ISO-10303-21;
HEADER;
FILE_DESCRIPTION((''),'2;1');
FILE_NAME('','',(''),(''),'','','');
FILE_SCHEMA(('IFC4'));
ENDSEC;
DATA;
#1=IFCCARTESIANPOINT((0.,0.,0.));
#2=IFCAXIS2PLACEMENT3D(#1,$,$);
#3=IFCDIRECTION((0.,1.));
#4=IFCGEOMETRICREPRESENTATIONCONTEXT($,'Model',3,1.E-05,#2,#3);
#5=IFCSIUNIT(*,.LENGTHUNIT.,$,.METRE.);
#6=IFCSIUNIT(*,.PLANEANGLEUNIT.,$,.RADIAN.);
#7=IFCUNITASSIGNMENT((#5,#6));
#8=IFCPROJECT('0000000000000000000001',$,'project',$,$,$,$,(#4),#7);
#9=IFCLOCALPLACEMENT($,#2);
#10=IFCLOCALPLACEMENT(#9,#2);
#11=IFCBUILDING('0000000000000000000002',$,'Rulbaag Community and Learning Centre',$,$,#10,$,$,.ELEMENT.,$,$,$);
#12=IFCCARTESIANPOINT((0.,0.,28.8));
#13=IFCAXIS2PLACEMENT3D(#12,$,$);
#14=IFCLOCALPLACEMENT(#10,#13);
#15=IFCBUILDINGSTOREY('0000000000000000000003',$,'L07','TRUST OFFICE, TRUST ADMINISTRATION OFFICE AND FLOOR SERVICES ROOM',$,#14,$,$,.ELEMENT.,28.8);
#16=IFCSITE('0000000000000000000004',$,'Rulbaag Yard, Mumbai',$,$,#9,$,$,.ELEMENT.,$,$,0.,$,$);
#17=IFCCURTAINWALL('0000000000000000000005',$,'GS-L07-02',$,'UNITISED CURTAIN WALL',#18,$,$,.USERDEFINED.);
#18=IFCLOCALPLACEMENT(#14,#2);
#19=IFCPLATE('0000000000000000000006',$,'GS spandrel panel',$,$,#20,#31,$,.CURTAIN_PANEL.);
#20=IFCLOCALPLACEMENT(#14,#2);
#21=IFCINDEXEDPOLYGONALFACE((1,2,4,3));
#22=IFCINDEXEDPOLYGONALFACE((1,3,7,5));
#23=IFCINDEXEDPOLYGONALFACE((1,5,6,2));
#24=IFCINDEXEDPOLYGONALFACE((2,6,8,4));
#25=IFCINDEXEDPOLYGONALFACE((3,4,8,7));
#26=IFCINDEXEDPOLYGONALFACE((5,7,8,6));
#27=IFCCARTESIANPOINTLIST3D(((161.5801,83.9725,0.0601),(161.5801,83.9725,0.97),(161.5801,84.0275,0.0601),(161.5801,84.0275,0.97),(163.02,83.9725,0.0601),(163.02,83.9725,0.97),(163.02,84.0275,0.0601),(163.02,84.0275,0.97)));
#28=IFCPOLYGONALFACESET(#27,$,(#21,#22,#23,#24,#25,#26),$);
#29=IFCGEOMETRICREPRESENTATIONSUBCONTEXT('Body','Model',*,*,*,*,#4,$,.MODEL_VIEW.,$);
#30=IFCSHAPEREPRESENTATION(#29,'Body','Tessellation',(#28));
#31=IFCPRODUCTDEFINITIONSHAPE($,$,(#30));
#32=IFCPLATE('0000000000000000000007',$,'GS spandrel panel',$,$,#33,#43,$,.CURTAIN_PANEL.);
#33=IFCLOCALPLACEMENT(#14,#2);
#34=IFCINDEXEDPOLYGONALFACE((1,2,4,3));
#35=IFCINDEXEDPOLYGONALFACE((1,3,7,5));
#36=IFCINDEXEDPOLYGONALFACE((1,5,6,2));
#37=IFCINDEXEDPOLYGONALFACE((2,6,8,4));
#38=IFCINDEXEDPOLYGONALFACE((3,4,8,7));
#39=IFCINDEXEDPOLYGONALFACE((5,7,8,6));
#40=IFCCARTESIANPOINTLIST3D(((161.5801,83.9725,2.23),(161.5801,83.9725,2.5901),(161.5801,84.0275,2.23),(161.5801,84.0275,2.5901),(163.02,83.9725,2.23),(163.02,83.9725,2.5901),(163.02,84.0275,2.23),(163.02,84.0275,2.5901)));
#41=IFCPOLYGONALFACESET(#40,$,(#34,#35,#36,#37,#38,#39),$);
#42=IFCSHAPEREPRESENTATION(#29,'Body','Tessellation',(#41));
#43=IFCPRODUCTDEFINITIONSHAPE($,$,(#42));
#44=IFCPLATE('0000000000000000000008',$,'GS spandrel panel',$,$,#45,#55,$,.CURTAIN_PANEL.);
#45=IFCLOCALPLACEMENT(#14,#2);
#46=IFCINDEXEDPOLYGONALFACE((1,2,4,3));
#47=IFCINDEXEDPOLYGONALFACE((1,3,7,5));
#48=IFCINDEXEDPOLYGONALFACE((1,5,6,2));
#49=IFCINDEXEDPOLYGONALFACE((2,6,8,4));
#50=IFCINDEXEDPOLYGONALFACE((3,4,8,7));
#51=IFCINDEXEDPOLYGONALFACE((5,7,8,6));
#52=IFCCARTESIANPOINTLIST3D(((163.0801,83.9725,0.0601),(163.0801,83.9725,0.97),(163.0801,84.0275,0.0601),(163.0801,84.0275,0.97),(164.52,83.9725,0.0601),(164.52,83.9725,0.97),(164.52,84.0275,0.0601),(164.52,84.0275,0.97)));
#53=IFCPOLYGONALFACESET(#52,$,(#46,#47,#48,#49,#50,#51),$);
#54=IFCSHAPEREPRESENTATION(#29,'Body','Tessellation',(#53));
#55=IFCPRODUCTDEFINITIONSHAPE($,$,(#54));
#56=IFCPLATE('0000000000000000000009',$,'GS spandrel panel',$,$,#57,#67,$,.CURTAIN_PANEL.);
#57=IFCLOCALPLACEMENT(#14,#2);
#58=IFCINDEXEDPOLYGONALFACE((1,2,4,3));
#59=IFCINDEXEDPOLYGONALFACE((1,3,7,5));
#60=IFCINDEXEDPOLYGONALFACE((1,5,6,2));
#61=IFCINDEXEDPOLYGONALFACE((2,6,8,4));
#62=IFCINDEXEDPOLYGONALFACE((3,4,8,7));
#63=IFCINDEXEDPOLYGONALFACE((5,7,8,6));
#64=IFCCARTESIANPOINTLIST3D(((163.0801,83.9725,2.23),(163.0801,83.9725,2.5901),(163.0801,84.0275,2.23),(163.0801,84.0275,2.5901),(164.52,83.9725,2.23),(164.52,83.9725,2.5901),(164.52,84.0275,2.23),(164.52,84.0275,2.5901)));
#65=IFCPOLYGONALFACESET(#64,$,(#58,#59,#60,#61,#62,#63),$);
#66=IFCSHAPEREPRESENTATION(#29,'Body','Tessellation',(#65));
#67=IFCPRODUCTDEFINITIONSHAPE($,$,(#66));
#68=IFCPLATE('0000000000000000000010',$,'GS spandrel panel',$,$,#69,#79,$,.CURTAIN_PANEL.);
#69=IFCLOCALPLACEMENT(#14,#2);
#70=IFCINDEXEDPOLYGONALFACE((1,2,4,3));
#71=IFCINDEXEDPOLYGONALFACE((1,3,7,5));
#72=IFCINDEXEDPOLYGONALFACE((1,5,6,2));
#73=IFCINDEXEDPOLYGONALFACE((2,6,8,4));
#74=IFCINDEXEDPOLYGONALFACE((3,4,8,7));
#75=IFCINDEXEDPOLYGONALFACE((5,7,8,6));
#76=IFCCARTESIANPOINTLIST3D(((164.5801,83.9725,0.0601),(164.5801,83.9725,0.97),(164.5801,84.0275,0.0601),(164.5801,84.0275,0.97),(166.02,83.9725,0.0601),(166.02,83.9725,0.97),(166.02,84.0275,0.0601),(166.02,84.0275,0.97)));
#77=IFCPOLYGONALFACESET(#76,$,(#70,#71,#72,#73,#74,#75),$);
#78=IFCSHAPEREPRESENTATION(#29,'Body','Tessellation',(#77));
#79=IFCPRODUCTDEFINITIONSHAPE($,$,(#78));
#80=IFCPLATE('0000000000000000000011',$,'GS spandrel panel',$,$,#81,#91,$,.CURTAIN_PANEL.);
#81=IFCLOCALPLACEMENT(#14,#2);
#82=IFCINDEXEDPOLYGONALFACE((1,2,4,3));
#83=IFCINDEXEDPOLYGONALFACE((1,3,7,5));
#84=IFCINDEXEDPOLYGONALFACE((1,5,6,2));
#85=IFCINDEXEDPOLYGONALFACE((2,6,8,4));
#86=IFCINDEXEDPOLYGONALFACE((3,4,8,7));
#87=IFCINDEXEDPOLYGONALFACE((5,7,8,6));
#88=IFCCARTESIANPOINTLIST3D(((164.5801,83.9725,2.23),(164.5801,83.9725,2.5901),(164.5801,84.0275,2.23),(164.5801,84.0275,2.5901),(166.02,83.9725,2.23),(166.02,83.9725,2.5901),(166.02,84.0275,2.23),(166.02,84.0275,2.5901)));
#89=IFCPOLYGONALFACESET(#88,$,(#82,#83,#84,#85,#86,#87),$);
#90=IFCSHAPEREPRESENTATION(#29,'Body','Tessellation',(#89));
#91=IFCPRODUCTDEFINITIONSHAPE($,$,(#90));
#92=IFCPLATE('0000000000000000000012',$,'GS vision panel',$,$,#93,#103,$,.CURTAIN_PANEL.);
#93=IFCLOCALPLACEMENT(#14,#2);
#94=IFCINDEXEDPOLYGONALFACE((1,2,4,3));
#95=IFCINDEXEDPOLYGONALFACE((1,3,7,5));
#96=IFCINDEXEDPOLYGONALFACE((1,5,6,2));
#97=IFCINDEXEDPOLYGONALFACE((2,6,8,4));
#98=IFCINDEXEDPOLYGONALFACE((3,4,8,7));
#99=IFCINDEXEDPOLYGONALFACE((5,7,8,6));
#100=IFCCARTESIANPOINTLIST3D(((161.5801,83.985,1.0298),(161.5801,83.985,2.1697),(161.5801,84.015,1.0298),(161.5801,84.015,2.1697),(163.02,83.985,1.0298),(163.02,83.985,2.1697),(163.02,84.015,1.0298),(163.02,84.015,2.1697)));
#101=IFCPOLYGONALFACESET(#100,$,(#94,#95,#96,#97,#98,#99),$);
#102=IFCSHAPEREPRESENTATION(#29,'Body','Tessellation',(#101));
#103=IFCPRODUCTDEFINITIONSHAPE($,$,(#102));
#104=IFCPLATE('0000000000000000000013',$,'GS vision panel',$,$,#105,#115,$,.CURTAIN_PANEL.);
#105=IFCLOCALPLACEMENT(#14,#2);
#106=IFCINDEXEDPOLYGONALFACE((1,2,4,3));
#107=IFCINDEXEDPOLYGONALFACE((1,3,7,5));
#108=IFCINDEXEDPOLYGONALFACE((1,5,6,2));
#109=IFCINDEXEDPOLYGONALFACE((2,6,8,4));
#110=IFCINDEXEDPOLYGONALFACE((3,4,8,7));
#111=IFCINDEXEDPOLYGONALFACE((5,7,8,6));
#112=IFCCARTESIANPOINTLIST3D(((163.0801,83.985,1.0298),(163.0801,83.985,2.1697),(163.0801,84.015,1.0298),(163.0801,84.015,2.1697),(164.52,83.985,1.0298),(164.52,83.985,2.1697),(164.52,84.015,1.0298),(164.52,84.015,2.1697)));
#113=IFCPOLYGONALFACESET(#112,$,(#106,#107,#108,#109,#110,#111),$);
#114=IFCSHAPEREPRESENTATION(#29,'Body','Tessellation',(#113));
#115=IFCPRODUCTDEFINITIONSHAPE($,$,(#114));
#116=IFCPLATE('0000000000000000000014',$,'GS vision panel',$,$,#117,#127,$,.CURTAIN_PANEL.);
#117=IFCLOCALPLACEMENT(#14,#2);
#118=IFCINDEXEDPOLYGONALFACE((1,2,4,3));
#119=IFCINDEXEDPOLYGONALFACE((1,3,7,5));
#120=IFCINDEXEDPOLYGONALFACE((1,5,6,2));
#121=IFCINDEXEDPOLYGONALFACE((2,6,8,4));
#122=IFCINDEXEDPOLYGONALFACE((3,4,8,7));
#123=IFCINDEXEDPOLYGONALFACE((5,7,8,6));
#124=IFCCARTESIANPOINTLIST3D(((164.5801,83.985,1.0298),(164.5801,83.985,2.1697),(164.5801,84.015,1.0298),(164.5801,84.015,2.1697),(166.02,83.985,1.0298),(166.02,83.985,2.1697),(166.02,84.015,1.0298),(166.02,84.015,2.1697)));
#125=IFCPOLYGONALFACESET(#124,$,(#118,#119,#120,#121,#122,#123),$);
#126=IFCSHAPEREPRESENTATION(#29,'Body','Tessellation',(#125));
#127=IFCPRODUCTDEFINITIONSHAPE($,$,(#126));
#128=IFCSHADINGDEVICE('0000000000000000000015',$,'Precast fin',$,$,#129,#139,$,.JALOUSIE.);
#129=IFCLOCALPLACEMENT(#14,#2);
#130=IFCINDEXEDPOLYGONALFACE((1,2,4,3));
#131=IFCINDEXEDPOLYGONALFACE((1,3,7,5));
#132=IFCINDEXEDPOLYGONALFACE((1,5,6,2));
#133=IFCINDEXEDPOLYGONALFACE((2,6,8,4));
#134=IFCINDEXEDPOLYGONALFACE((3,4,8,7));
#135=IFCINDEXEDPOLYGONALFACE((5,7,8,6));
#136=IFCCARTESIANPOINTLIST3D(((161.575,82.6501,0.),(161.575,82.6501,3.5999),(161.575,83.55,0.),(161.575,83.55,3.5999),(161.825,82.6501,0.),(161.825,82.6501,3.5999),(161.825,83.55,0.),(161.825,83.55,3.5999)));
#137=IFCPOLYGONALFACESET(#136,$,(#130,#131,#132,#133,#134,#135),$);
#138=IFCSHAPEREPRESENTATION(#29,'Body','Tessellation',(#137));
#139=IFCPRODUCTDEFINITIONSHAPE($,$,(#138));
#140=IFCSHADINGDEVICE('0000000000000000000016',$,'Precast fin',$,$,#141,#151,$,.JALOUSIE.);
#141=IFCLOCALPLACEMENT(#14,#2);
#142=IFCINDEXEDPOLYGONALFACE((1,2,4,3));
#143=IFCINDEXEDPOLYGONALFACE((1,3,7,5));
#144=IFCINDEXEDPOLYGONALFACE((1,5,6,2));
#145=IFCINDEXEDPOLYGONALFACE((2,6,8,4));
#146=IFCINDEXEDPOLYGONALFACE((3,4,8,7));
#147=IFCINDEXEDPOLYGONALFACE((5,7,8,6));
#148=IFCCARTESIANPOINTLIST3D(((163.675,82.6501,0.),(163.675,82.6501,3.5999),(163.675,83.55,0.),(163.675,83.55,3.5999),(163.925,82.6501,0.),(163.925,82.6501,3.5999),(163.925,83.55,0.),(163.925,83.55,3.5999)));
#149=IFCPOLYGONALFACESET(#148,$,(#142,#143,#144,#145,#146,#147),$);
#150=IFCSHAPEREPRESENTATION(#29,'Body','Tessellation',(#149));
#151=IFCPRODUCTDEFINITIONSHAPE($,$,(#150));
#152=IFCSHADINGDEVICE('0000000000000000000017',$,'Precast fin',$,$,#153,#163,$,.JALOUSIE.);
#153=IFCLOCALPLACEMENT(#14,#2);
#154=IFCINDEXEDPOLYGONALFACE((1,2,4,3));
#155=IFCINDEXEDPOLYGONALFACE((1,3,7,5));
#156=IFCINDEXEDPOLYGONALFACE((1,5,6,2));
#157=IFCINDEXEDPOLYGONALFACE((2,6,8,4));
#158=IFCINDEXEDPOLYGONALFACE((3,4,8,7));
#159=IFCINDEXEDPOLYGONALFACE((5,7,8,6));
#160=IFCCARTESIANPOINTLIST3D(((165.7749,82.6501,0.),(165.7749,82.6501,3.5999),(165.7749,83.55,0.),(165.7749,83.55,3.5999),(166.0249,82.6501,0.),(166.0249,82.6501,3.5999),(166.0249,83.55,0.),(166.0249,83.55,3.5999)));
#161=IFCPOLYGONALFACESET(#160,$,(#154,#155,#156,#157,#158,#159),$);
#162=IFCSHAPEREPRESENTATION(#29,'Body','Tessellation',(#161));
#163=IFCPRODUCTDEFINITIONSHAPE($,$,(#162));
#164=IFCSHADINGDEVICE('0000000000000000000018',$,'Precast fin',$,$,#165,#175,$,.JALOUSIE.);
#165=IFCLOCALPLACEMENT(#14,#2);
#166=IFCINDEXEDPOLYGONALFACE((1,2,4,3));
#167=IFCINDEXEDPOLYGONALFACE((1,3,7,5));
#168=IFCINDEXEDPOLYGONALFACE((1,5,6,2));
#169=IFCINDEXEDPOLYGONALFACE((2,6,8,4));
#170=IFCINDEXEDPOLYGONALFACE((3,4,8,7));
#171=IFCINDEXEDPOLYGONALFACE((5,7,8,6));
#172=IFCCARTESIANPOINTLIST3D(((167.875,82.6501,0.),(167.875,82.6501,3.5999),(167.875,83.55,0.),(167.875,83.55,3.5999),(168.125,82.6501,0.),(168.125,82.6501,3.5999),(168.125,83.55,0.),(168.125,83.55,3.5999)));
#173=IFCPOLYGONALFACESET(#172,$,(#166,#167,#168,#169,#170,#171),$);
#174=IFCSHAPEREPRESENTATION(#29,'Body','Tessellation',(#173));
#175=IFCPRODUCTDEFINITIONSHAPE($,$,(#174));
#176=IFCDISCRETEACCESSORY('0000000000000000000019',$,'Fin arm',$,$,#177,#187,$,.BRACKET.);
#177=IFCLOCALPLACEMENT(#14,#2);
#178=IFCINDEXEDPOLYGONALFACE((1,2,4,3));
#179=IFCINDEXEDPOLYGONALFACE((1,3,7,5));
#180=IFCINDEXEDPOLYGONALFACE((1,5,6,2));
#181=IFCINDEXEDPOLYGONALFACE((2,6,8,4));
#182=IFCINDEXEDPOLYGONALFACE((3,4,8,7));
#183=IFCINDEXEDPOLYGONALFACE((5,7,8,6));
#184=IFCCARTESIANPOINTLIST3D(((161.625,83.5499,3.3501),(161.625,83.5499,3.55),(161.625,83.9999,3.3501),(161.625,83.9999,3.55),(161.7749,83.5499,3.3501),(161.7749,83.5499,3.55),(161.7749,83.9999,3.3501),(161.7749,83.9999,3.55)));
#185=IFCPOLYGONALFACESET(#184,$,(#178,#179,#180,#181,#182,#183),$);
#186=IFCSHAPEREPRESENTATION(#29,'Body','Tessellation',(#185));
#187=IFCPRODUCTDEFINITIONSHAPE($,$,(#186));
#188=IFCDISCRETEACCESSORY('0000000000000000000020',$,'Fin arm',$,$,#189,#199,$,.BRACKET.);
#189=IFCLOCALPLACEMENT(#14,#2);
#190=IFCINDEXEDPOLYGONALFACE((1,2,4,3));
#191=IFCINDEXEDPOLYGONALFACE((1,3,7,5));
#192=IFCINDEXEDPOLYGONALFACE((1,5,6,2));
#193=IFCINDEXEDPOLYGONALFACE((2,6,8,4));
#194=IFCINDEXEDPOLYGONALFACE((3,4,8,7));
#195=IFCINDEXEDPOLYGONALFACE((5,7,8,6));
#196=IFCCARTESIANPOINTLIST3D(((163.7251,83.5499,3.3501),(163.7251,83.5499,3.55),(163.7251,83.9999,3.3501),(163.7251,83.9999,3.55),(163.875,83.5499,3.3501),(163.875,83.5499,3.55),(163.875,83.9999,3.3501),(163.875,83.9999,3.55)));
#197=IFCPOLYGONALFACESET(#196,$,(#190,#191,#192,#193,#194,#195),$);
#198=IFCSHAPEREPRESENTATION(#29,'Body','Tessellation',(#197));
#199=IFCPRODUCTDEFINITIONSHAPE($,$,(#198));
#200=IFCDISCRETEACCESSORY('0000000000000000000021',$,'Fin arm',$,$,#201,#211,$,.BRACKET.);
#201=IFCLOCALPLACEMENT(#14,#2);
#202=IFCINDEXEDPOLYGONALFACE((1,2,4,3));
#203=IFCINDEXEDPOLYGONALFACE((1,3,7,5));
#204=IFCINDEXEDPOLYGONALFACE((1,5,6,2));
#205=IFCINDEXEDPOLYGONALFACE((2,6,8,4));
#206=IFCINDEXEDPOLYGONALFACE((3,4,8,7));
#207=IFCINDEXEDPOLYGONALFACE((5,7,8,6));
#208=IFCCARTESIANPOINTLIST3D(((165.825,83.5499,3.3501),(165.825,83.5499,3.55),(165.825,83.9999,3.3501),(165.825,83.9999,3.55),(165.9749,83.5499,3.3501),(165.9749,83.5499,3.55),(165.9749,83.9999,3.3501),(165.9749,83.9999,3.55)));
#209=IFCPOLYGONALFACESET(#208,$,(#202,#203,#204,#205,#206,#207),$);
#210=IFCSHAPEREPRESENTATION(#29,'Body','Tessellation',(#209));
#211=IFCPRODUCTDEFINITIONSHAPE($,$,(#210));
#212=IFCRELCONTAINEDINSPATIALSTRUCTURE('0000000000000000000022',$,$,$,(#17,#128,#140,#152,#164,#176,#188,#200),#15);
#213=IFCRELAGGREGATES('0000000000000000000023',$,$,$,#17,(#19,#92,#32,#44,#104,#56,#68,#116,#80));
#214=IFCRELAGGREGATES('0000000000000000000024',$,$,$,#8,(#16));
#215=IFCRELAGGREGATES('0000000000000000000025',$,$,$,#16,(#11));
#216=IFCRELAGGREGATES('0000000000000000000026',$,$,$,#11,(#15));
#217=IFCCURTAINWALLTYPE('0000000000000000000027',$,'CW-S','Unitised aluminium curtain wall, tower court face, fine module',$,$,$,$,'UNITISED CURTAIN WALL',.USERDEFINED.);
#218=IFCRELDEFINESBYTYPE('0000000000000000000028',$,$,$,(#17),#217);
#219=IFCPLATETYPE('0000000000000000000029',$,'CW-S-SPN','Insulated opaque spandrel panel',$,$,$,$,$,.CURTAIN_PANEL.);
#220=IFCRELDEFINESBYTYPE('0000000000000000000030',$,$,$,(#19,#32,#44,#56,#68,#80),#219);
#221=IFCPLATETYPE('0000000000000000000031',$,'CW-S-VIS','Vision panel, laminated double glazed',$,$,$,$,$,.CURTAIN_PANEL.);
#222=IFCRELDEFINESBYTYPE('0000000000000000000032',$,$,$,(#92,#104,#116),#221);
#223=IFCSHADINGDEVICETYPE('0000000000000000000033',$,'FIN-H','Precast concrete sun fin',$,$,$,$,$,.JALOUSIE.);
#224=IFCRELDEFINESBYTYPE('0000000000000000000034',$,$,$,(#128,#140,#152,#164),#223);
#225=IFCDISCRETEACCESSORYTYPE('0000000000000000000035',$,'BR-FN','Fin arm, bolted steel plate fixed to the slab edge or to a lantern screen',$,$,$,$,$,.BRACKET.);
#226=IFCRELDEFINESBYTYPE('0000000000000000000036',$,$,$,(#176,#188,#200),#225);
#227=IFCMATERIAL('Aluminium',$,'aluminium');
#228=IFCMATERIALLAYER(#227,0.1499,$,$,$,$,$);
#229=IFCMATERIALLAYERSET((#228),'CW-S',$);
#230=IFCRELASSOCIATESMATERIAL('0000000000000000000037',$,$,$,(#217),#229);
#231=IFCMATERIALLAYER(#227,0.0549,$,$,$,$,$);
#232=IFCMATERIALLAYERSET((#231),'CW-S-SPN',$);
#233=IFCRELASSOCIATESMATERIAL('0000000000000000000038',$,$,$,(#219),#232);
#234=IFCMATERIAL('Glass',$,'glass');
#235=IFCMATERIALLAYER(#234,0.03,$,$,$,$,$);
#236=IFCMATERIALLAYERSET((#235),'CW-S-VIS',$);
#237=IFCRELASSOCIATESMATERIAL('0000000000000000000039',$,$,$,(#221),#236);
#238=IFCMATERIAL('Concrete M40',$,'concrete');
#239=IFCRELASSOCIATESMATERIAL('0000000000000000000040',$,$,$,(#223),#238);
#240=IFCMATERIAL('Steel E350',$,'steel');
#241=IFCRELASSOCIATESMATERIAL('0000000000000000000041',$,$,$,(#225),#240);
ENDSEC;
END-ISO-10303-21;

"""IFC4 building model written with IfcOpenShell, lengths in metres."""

from ifc_helpers import new_model, si_unit, direction, frame, origin, origin_2d, place, context, subcontext, project, spatial, rectangle, extrude, material, layer, layer_set, material_profile, profile_set, type_object, element, aggregate, save


model = new_model("IFC4")

# Units and contexts
model_context = context("Model", 3, precision=1e-05, world=origin(), true_north=direction((0.0, 1.0)))
body_context = subcontext(model_context, "Body", "Model", "MODEL_VIEW")
ifc_project = project(units=[si_unit("LENGTHUNIT", "METRE"), si_unit("PLANEANGLEUNIT", "RADIAN")], contexts=[model_context])

# Site, building, storey
site_placement = place(None, origin())
site = spatial("IfcSite", under=ifc_project, at=site_placement, Name="Rulbaag Yard, Mumbai", CompositionType="ELEMENT", RefElevation=0.0)
building_placement = place(site_placement, origin())
building = spatial("IfcBuilding", under=site, at=building_placement, Name="Rulbaag Community and Learning Centre", CompositionType="ELEMENT")
storey_placement = place(building_placement, frame((0.0, 0.0, 28.8)))
storey = spatial("IfcBuildingStorey", under=building, at=storey_placement, Name="L07", Description="TRUST OFFICE, TRUST ADMINISTRATION OFFICE AND FLOOR SERVICES ROOM", CompositionType="ELEMENT", Elevation=28.8)

# Curtain wall, plates
ifc_material_1 = material(Name="Aluminium", Category="aluminium")
ifc_layer_1 = layer(ifc_material_1, 0.1499)
ifc_layer_set_1 = layer_set([ifc_layer_1], Name="CW-S")
curtain_wall_type = type_object("IfcCurtainWallType", Name="CW-S", Description="Unitised aluminium curtain wall, tower court face, fine module", ElementType="UNITISED CURTAIN WALL", PredefinedType="USERDEFINED", material=ifc_layer_set_1)
curtain_wall_placement = place(storey_placement, origin())
curtain_wall = element("IfcCurtainWall", 1, at=curtain_wall_placement, inside=storey, type_object=curtain_wall_type, Name="GS-L07-02", ObjectType="UNITISED CURTAIN WALL", PredefinedType="USERDEFINED")
ifc_layer_2 = layer(ifc_material_1, 0.0549)
ifc_layer_set_2 = layer_set([ifc_layer_2], Name="CW-S-SPN")
plate_type_1 = type_object("IfcPlateType", Name="CW-S-SPN", Description="Insulated opaque spandrel panel", PredefinedType="CURTAIN_PANEL", material=ifc_layer_set_2)
plate_1_placement = place(storey_placement, frame((162.3, 84.0, 0.0601), z_axis=(0.0, 0.0, 1.0), x_axis=(1.0, 0.0, 0.0)))
plate_1 = element("IfcPlate", 2, at=plate_1_placement, type_object=plate_type_1, Name="GS spandrel panel", PredefinedType="CURTAIN_PANEL", context=body_context, shape_type="SweptSolid", body=[
    extrude(rectangle(XDim=1.4399, YDim=0.0549, at=origin_2d()), origin(), (0.0, 0.0, 1.0), 0.9099),
])
plate_2_placement = place(storey_placement, frame((162.3, 84.0, 2.23), z_axis=(0.0, 0.0, 1.0), x_axis=(1.0, 0.0, 0.0)))
plate_2 = element("IfcPlate", 3, at=plate_2_placement, type_object=plate_type_1, Name="GS spandrel panel", PredefinedType="CURTAIN_PANEL", context=body_context, shape_type="SweptSolid", body=[
    extrude(rectangle(XDim=1.4399, YDim=0.0549, at=origin_2d()), origin(), (0.0, 0.0, 1.0), 0.3601),
])
plate_3_placement = place(storey_placement, frame((163.8, 84.0, 0.0601), z_axis=(0.0, 0.0, 1.0), x_axis=(1.0, 0.0, 0.0)))
plate_3 = element("IfcPlate", 4, at=plate_3_placement, type_object=plate_type_1, Name="GS spandrel panel", PredefinedType="CURTAIN_PANEL", context=body_context, shape_type="SweptSolid", body=[
    extrude(rectangle(XDim=1.4399, YDim=0.0549, at=origin_2d()), origin(), (0.0, 0.0, 1.0), 0.9099),
])
plate_4_placement = place(storey_placement, frame((163.8, 84.0, 2.23), z_axis=(0.0, 0.0, 1.0), x_axis=(1.0, 0.0, 0.0)))
plate_4 = element("IfcPlate", 5, at=plate_4_placement, type_object=plate_type_1, Name="GS spandrel panel", PredefinedType="CURTAIN_PANEL", context=body_context, shape_type="SweptSolid", body=[
    extrude(rectangle(XDim=1.4399, YDim=0.0549, at=origin_2d()), origin(), (0.0, 0.0, 1.0), 0.3601),
])
plate_5_placement = place(storey_placement, frame((165.3, 84.0, 0.0601), z_axis=(0.0, 0.0, 1.0), x_axis=(1.0, 0.0, 0.0)))
plate_5 = element("IfcPlate", 6, at=plate_5_placement, type_object=plate_type_1, Name="GS spandrel panel", PredefinedType="CURTAIN_PANEL", context=body_context, shape_type="SweptSolid", body=[
    extrude(rectangle(XDim=1.4399, YDim=0.0549, at=origin_2d()), origin(), (0.0, 0.0, 1.0), 0.9099),
])
plate_6_placement = place(storey_placement, frame((165.3, 84.0, 2.23), z_axis=(0.0, 0.0, 1.0), x_axis=(1.0, 0.0, 0.0)))
plate_6 = element("IfcPlate", 7, at=plate_6_placement, type_object=plate_type_1, Name="GS spandrel panel", PredefinedType="CURTAIN_PANEL", context=body_context, shape_type="SweptSolid", body=[
    extrude(rectangle(XDim=1.4399, YDim=0.0549, at=origin_2d()), origin(), (0.0, 0.0, 1.0), 0.3601),
])
ifc_material_2 = material(Name="Glass", Category="glass")
ifc_layer_3 = layer(ifc_material_2, 0.03)
ifc_layer_set_3 = layer_set([ifc_layer_3], Name="CW-S-VIS")
plate_type_2 = type_object("IfcPlateType", Name="CW-S-VIS", Description="Vision panel, laminated double glazed", PredefinedType="CURTAIN_PANEL", material=ifc_layer_set_3)
plate_7_placement = place(storey_placement, frame((162.3, 84.0, 1.0298), z_axis=(0.0, 0.0, 1.0), x_axis=(1.0, 0.0, 0.0)))
plate_7 = element("IfcPlate", 8, at=plate_7_placement, type_object=plate_type_2, Name="GS vision panel", PredefinedType="CURTAIN_PANEL", context=body_context, shape_type="SweptSolid", body=[
    extrude(rectangle(XDim=1.4399, YDim=0.03, at=origin_2d()), origin(), (0.0, 0.0, 1.0), 1.1399),
])
plate_8_placement = place(storey_placement, frame((163.8, 84.0, 1.0298), z_axis=(0.0, 0.0, 1.0), x_axis=(1.0, 0.0, 0.0)))
plate_8 = element("IfcPlate", 9, at=plate_8_placement, type_object=plate_type_2, Name="GS vision panel", PredefinedType="CURTAIN_PANEL", context=body_context, shape_type="SweptSolid", body=[
    extrude(rectangle(XDim=1.4399, YDim=0.03, at=origin_2d()), origin(), (0.0, 0.0, 1.0), 1.1399),
])
plate_9_placement = place(storey_placement, frame((165.3, 84.0, 1.0298), z_axis=(0.0, 0.0, 1.0), x_axis=(1.0, 0.0, 0.0)))
plate_9 = element("IfcPlate", 10, at=plate_9_placement, type_object=plate_type_2, Name="GS vision panel", PredefinedType="CURTAIN_PANEL", context=body_context, shape_type="SweptSolid", body=[
    extrude(rectangle(XDim=1.4399, YDim=0.03, at=origin_2d()), origin(), (0.0, 0.0, 1.0), 1.1399),
])
aggregate(curtain_wall, [plate_1, plate_7, plate_2, plate_3, plate_8, plate_4, plate_5, plate_9, plate_6])

# Shading devices
ifc_material_3 = material(Name="Concrete M40", Category="concrete")
ifc_material_profile_1 = material_profile(ifc_material_3, rectangle(XDim=0.25, YDim=0.8999, at=origin_2d()), Name="PC 250x900")
ifc_profile_set_1 = profile_set([ifc_material_profile_1], Name="Concrete M40")
shading_device_type = type_object("IfcShadingDeviceType", Name="FIN-H", Description="Precast concrete sun fin", PredefinedType="JALOUSIE", material=ifc_profile_set_1)
for number, where, z_axis, x_axis, name in (
    (11, (161.7, 83.1001, 0.0), (0.0, 0.0, 1.0), (1.0, 0.0, 0.0), "Precast fin"),
    (12, (163.8, 83.1001, 0.0), (0.0, 0.0, 1.0), (1.0, 0.0, 0.0), "Precast fin"),
    (13, (165.8999, 83.1001, 0.0), (0.0, 0.0, 1.0), (1.0, 0.0, 0.0), "Precast fin"),
    (14, (168.0, 83.1001, 0.0), (0.0, 0.0, 1.0), (1.0, 0.0, 0.0), "Precast fin"),
):
    element("IfcShadingDevice", number, at=place(storey_placement, frame(where, z_axis=z_axis, x_axis=x_axis)), inside=storey, type_object=shading_device_type, Name=name, PredefinedType="JALOUSIE", context=body_context, shape_type="SweptSolid", body=[
        extrude(rectangle(XDim=0.25, YDim=0.8999, at=origin_2d()), origin(), (0.0, 0.0, 1.0), 3.5999),
    ])

# Discrete accessories
ifc_material_4 = material(Name="Steel E350", Category="steel")
discrete_accessory_type = type_object("IfcDiscreteAccessoryType", Name="BR-FN", Description="Fin arm, bolted steel plate fixed to the slab edge or to a lantern screen", PredefinedType="BRACKET", material=ifc_material_4)
for number, where, z_axis, x_axis, name in (
    (15, (161.7, 83.7749, 3.3501), (0.0, 0.0, 1.0), (1.0, 0.0, 0.0), "Fin arm"),
    (16, (163.8, 83.7749, 3.3501), (0.0, 0.0, 1.0), (1.0, 0.0, 0.0), "Fin arm"),
    (17, (165.8999, 83.7749, 3.3501), (0.0, 0.0, 1.0), (1.0, 0.0, 0.0), "Fin arm"),
):
    element("IfcDiscreteAccessory", number, at=place(storey_placement, frame(where, z_axis=z_axis, x_axis=x_axis)), inside=storey, type_object=discrete_accessory_type, Name=name, PredefinedType="BRACKET", context=body_context, shape_type="SweptSolid", body=[
        extrude(rectangle(XDim=0.1499, YDim=0.45, at=origin_2d()), origin(), (0.0, 0.0, 1.0), 0.2),
    ])

save(model, "model.ifc")
